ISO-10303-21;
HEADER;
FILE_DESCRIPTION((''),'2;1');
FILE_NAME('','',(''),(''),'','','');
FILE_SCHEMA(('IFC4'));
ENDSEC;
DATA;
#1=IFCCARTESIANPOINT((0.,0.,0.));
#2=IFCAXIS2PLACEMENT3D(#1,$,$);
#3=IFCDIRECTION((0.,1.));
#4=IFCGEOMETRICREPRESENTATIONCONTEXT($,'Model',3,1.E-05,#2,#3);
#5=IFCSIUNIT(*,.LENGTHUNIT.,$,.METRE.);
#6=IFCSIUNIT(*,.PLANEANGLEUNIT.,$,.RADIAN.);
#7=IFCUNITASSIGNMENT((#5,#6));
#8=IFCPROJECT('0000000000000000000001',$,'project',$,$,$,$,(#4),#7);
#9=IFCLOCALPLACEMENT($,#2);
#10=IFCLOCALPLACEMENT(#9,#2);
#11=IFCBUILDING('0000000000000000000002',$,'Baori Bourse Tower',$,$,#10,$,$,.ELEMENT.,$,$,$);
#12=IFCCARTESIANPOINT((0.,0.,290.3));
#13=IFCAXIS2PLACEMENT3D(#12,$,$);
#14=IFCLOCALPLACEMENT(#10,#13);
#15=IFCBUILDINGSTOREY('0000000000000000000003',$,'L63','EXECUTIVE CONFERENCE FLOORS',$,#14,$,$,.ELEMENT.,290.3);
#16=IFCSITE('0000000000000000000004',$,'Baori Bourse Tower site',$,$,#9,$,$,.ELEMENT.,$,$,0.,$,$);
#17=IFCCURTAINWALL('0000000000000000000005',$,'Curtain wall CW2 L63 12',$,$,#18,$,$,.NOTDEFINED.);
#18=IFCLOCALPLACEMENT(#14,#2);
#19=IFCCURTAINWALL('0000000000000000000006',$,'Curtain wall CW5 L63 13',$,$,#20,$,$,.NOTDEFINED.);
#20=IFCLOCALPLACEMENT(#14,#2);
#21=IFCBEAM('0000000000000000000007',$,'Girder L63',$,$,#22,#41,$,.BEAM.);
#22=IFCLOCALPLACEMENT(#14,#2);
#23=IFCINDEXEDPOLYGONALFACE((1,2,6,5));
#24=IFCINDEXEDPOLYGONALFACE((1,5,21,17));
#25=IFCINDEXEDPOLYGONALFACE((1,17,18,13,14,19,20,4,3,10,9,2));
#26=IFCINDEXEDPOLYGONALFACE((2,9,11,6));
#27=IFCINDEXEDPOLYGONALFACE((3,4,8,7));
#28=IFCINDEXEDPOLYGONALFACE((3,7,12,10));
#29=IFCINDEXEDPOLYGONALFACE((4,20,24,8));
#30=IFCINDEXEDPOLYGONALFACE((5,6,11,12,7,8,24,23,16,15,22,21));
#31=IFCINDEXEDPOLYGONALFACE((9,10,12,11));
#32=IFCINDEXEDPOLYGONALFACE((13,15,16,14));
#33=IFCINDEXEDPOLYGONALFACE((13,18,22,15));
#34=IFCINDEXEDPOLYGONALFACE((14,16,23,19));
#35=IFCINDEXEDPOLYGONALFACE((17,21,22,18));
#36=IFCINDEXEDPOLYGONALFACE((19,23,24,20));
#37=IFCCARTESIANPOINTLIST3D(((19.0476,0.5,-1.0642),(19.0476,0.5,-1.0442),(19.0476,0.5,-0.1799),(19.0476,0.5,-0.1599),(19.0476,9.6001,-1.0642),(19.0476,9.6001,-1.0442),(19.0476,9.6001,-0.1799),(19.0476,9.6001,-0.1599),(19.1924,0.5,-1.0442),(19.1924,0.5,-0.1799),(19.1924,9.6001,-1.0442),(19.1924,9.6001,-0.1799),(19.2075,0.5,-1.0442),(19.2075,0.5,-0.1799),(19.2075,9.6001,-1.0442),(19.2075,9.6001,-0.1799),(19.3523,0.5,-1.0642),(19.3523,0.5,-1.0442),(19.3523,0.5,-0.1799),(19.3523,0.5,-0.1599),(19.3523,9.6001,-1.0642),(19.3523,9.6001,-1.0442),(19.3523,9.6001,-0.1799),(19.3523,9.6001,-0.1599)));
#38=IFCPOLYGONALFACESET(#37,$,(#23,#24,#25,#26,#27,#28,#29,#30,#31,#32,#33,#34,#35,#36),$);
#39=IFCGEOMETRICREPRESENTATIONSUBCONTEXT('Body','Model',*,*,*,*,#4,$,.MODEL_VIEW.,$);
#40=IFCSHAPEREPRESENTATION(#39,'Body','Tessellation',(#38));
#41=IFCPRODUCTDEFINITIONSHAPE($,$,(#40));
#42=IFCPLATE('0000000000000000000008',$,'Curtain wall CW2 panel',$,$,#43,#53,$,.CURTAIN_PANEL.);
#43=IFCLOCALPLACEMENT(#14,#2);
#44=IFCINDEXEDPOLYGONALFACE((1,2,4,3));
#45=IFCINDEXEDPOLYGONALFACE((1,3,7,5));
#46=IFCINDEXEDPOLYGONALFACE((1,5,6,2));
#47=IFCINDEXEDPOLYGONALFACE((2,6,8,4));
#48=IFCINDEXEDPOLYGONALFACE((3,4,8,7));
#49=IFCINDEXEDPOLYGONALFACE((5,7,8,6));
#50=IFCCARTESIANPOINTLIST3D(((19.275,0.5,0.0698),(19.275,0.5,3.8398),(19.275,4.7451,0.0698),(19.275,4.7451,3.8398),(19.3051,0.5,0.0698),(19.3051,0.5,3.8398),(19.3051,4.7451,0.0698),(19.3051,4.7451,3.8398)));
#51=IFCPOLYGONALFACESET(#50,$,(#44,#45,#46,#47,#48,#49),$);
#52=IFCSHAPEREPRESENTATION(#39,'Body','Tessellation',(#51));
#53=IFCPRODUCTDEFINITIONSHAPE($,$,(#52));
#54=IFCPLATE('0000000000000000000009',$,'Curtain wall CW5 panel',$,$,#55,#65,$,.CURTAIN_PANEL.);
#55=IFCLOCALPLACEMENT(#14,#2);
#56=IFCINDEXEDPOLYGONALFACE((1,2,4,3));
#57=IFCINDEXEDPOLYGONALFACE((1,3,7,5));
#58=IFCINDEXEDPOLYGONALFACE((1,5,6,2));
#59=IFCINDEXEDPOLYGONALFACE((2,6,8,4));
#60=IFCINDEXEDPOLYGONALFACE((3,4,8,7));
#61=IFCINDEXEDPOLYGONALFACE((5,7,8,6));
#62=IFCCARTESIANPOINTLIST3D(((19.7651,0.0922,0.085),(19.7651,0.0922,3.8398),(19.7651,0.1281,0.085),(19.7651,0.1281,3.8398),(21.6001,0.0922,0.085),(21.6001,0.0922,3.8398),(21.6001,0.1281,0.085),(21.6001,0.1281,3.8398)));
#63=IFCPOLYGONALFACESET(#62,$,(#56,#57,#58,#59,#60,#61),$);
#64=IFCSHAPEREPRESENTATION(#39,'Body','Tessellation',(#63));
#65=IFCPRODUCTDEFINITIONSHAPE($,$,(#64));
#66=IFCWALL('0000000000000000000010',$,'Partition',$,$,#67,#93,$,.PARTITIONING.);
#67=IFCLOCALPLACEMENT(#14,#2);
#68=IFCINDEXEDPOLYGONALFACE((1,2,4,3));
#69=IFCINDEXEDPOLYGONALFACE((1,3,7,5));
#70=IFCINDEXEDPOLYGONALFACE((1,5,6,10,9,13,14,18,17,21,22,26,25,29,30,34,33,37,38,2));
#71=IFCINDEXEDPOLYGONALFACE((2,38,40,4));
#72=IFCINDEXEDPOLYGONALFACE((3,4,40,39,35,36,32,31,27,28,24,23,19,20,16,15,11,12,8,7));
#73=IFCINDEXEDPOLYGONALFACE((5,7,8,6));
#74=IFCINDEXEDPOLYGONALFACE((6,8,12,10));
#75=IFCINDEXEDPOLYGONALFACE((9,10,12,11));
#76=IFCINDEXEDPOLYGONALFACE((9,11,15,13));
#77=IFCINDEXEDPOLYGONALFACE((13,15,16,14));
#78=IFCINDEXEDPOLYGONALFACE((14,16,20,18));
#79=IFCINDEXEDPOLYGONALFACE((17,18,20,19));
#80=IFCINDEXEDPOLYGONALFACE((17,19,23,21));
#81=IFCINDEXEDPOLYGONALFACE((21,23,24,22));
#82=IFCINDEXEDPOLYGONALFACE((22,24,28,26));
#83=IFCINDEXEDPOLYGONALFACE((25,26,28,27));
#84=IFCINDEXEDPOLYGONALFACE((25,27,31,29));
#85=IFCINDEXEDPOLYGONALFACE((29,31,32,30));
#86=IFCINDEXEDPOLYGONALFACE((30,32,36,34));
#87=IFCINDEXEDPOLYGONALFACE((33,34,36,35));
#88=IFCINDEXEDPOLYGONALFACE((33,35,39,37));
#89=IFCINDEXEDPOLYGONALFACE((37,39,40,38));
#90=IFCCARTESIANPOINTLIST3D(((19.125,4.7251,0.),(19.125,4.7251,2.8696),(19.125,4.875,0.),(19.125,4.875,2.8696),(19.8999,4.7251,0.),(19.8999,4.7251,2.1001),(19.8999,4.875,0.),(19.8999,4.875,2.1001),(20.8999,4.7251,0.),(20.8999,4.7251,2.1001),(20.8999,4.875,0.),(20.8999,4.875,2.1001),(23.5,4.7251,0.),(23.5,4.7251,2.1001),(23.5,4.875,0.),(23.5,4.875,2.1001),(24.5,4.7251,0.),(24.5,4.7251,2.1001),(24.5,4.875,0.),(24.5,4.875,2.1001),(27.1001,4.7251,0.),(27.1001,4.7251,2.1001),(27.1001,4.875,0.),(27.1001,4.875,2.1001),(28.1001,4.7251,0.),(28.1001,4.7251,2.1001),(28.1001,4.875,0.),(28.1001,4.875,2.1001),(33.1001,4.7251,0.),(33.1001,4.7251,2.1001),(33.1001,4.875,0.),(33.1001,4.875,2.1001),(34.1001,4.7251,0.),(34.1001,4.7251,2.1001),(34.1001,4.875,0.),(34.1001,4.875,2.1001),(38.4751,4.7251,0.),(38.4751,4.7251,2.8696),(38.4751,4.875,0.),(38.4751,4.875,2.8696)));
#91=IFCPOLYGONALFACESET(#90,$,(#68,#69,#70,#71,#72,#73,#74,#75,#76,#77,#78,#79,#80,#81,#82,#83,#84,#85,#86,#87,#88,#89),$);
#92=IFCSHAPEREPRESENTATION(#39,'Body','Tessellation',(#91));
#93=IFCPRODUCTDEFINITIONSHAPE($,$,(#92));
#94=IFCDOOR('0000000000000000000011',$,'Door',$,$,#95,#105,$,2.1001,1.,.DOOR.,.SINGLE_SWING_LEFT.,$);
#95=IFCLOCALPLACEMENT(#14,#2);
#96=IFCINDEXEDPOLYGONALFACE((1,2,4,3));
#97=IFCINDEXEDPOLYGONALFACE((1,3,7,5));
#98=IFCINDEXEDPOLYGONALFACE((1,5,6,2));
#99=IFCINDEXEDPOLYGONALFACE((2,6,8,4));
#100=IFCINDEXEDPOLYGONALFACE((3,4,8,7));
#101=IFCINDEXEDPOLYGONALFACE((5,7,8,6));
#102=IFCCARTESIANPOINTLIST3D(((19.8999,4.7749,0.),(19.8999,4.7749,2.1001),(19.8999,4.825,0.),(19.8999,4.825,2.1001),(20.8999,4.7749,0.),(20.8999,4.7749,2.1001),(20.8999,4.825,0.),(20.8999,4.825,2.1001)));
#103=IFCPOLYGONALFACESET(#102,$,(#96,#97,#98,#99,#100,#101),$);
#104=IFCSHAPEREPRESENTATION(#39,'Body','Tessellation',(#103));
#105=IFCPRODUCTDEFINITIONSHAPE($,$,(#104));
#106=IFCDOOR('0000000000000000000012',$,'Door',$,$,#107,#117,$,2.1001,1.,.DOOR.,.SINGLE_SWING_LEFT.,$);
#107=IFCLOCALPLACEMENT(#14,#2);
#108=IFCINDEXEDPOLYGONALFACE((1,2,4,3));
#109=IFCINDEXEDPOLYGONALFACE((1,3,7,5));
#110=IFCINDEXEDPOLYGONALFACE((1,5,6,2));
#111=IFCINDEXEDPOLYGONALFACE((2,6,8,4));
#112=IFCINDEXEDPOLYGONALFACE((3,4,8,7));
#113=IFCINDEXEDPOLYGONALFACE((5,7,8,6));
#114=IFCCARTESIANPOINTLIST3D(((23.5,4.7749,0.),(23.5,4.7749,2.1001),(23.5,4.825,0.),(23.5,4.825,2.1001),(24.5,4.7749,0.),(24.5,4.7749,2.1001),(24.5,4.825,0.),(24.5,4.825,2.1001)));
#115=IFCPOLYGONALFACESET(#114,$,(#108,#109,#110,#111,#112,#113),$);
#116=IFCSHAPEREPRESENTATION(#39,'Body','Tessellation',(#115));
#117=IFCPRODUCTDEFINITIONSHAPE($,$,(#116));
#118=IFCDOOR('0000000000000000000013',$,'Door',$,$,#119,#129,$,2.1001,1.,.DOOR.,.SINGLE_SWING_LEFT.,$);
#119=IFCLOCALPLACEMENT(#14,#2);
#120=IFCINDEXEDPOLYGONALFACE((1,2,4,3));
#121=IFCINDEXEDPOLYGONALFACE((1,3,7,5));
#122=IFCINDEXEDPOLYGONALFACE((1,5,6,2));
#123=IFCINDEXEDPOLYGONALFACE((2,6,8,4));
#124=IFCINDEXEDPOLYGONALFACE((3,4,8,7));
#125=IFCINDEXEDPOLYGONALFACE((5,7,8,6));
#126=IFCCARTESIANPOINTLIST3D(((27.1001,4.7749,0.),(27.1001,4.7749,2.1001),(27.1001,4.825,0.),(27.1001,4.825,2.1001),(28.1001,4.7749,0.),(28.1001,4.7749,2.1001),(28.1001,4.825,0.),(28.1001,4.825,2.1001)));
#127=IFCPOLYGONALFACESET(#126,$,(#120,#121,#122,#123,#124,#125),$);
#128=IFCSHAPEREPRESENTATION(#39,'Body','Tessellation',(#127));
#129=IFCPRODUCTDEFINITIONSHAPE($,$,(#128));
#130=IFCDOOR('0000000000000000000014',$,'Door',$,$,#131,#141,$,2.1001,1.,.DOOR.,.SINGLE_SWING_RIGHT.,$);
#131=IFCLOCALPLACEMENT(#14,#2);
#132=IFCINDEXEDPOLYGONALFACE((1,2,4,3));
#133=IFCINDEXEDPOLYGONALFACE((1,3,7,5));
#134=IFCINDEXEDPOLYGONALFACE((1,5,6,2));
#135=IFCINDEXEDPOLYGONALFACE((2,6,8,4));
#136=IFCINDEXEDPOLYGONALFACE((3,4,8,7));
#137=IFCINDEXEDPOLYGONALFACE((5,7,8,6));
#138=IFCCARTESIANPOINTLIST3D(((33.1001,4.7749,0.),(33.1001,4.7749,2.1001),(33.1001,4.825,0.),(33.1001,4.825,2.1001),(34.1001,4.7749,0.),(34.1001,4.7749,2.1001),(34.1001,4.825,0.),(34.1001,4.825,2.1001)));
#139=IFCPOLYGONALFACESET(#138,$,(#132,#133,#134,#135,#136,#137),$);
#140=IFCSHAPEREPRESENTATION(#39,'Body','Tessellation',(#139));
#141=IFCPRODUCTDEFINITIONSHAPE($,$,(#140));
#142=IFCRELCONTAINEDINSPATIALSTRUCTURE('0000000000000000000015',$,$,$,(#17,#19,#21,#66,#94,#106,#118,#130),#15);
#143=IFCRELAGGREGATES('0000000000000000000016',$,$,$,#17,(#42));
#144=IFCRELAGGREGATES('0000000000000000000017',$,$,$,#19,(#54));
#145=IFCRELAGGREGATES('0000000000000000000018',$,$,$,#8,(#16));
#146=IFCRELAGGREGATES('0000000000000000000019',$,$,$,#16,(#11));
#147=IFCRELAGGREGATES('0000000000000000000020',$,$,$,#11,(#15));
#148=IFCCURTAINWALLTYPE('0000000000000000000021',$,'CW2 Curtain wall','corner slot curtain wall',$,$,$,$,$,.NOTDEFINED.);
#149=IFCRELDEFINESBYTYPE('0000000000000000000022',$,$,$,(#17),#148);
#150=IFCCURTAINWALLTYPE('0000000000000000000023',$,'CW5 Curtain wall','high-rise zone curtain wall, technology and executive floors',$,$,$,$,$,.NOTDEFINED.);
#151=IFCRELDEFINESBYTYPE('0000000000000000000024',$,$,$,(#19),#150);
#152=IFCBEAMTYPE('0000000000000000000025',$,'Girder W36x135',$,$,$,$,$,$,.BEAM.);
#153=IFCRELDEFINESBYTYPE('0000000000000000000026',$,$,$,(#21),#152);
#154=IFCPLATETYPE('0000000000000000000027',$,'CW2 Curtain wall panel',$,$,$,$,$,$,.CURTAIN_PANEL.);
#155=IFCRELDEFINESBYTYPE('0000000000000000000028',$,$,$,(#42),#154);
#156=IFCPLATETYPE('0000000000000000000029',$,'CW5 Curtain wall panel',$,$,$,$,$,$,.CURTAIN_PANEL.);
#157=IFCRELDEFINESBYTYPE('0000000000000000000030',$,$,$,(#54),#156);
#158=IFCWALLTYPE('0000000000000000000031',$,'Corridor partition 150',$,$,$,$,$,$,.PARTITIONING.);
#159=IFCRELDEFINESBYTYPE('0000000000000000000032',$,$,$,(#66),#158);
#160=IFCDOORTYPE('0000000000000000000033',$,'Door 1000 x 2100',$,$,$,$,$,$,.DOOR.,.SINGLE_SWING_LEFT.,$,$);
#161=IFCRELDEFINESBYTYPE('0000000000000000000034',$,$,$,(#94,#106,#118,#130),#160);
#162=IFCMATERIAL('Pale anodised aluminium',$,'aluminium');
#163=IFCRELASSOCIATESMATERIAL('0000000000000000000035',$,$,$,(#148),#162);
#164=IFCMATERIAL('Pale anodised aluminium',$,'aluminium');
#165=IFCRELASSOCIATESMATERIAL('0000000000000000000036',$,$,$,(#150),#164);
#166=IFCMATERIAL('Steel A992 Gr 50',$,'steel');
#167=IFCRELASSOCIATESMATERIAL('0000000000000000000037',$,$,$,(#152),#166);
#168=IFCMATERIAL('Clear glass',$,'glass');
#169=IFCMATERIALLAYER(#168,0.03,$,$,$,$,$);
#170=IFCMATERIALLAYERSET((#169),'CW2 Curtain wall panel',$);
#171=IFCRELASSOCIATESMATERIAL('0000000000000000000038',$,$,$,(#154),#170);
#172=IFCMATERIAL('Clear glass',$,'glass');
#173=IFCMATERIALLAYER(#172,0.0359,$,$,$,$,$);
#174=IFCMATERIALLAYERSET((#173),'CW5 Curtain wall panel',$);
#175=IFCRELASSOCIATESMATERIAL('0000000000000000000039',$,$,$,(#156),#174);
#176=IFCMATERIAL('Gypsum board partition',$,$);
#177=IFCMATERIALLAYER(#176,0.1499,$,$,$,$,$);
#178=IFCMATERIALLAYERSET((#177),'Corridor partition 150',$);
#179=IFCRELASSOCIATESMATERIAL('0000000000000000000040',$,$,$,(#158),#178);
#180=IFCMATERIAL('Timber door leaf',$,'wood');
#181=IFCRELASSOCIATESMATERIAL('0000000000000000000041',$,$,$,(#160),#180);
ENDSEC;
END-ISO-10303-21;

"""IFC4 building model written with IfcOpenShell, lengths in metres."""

from ifc_helpers import new_model, si_unit, direction, frame, frame_2d, origin, origin_2d, place, context, subcontext, project, spatial, rectangle, i_section, extrude, material, layer, layer_set, material_profile, profile_set, type_object, element, fill, aggregate, save


model = new_model("IFC4")

# Units and contexts
model_context = context("Model", 3, precision=1e-05, world=origin(), true_north=direction((0.0, 1.0)))
body_context = subcontext(model_context, "Body", "Model", "MODEL_VIEW")
ifc_project = project(units=[si_unit("LENGTHUNIT", "METRE"), si_unit("PLANEANGLEUNIT", "RADIAN")], contexts=[model_context])

# Site, building, storey
site_placement = place(None, origin())
site = spatial("IfcSite", under=ifc_project, at=site_placement, Name="Baori Bourse Tower site", CompositionType="ELEMENT", RefElevation=0.0)
building_placement = place(site_placement, origin())
building = spatial("IfcBuilding", under=site, at=building_placement, Name="Baori Bourse Tower", CompositionType="ELEMENT")
storey_placement = place(building_placement, frame((0.0, 0.0, 290.3)))
storey = spatial("IfcBuildingStorey", under=building, at=storey_placement, Name="L63", Description="EXECUTIVE CONFERENCE FLOORS", CompositionType="ELEMENT", Elevation=290.3)

# Curtain walls
ifc_material_1 = material(Name="Pale anodised aluminium", Category="aluminium")
curtain_wall_type_1 = type_object("IfcCurtainWallType", Name="CW2 Curtain wall", Description="corner slot curtain wall", PredefinedType="NOTDEFINED", material=ifc_material_1)
curtain_wall_1_placement = place(storey_placement, origin())
curtain_wall_1 = element("IfcCurtainWall", 1, at=curtain_wall_1_placement, inside=storey, type_object=curtain_wall_type_1, Name="Curtain wall CW2 L63 12", PredefinedType="NOTDEFINED")
ifc_material_2 = material(Name="Pale anodised aluminium", Category="aluminium")
curtain_wall_type_2 = type_object("IfcCurtainWallType", Name="CW5 Curtain wall", Description="high-rise zone curtain wall, technology and executive floors", PredefinedType="NOTDEFINED", material=ifc_material_2)
curtain_wall_2_placement = place(storey_placement, origin())
curtain_wall_2 = element("IfcCurtainWall", 2, at=curtain_wall_2_placement, inside=storey, type_object=curtain_wall_type_2, Name="Curtain wall CW5 L63 13", PredefinedType="NOTDEFINED")

# Beam
ifc_material_3 = material(Name="Steel A992 Gr 50", Category="steel")
ifc_material_profile_1 = material_profile(ifc_material_3, i_section(OverallWidth=0.3047, OverallDepth=0.9043, WebThickness=0.0151, FlangeThickness=0.02, at=origin_2d()), Name="W36x135")
ifc_profile_set_1 = profile_set([ifc_material_profile_1], Name="Steel A992 Gr 50")
beam_type_1 = type_object("IfcBeamType", Name="Girder W36x135", PredefinedType="BEAM", material=ifc_profile_set_1)
beam_1_placement = place(storey_placement, frame((19.2, 0.5, -0.6121), z_axis=(0.0, 1.0, 0.0), x_axis=(-1.0, 0.0, 0.0)))
element("IfcBeam", 3, at=beam_1_placement, inside=storey, type_object=beam_type_1, Name="Girder L63", PredefinedType="BEAM", context=body_context, shape_type="SweptSolid", body=[
    extrude(i_section(OverallWidth=0.3047, OverallDepth=0.9043, WebThickness=0.0151, FlangeThickness=0.02, at=origin_2d()), origin(), (0.0, 0.0, 1.0), 9.1001),
])

# Plates
ifc_material_4 = material(Name="Clear glass", Category="glass")
ifc_layer_1 = layer(ifc_material_4, 0.03)
ifc_layer_set_1 = layer_set([ifc_layer_1], Name="CW2 Curtain wall panel")
plate_type_1 = type_object("IfcPlateType", Name="CW2 Curtain wall panel", PredefinedType="CURTAIN_PANEL", material=ifc_layer_set_1)
plate_1_placement = place(storey_placement, frame((19.29, 2.6226, 0.0698), z_axis=(0.0, 0.0, 1.0), x_axis=(0.0, -1.0, 0.0)))
plate_1 = element("IfcPlate", 4, at=plate_1_placement, type_object=plate_type_1, Name="Curtain wall CW2 panel", PredefinedType="CURTAIN_PANEL", context=body_context, shape_type="SweptSolid", body=[
    extrude(rectangle(XDim=4.2451, YDim=0.03, at=origin_2d()), origin(), (0.0, 0.0, 1.0), 3.77),
])
aggregate(curtain_wall_1, [plate_1])
ifc_material_5 = material(Name="Clear glass", Category="glass")
ifc_layer_2 = layer(ifc_material_5, 0.0359)
ifc_layer_set_2 = layer_set([ifc_layer_2], Name="CW5 Curtain wall panel")
plate_type_2 = type_object("IfcPlateType", Name="CW5 Curtain wall panel", PredefinedType="CURTAIN_PANEL", material=ifc_layer_set_2)
plate_2_placement = place(storey_placement, frame((20.6826, 0.1101, 0.085), z_axis=(0.0, 0.0, 1.0), x_axis=(1.0, 0.0, 0.0)))
plate_2 = element("IfcPlate", 5, at=plate_2_placement, type_object=plate_type_2, Name="Curtain wall CW5 panel", PredefinedType="CURTAIN_PANEL", context=body_context, shape_type="SweptSolid", body=[
    extrude(rectangle(XDim=1.835, YDim=0.0359, at=origin_2d()), origin(), (0.0, 0.0, 1.0), 3.7549),
])
aggregate(curtain_wall_2, [plate_2])

# Wall, openings, doors
ifc_material_6 = material(Name="Gypsum board partition")
ifc_layer_3 = layer(ifc_material_6, 0.1499)
ifc_layer_set_3 = layer_set([ifc_layer_3], Name="Corridor partition 150")
wall_type_1 = type_object("IfcWallType", Name="Corridor partition 150", PredefinedType="PARTITIONING", material=ifc_layer_set_3)
wall_1_placement = place(storey_placement, frame((19.125, 4.8, 0.0), z_axis=(0.0, 0.0, 1.0), x_axis=(1.0, 0.0, 0.0)))
wall_1 = element("IfcWall", 6, at=wall_1_placement, inside=storey, type_object=wall_type_1, Name="Partition", PredefinedType="PARTITIONING", context=body_context, shape_type="SweptSolid", body=[
    extrude(rectangle(XDim=19.3501, YDim=0.1499, at=frame_2d((9.675, 0.0))), origin(), (0.0, 0.0, 1.0), 2.8696),
])
opening_1_placement = place(wall_1_placement, frame((0.7749, 0.0, 0.0)))
opening_1 = element("IfcOpeningElement", 7, at=opening_1_placement, cuts=wall_1, PredefinedType="OPENING", context=body_context, shape_type="SweptSolid", body=[
    extrude(rectangle(XDim=1.0, YDim=2.1001, at=frame_2d((0.5, 1.05))), frame((0.0, 0.085, 0.0), z_axis=(0.0, -1.0, 0.0), x_axis=(1.0, 0.0, 0.0)), (0.0, 0.0, 1.0), 0.1699),
])
opening_2_placement = place(wall_1_placement, frame((4.375, 0.0, 0.0)))
opening_2 = element("IfcOpeningElement", 8, at=opening_2_placement, cuts=wall_1, PredefinedType="OPENING", context=body_context, shape_type="SweptSolid", body=[
    extrude(rectangle(XDim=1.0, YDim=2.1001, at=frame_2d((0.5, 1.05))), frame((0.0, 0.085, 0.0), z_axis=(0.0, -1.0, 0.0), x_axis=(1.0, 0.0, 0.0)), (0.0, 0.0, 1.0), 0.1699),
])
opening_3_placement = place(wall_1_placement, frame((7.9751, 0.0, 0.0)))
opening_3 = element("IfcOpeningElement", 9, at=opening_3_placement, cuts=wall_1, PredefinedType="OPENING", context=body_context, shape_type="SweptSolid", body=[
    extrude(rectangle(XDim=1.0, YDim=2.1001, at=frame_2d((0.5, 1.05))), frame((0.0, 0.085, 0.0), z_axis=(0.0, -1.0, 0.0), x_axis=(1.0, 0.0, 0.0)), (0.0, 0.0, 1.0), 0.1699),
])
opening_4_placement = place(wall_1_placement, frame((13.9751, 0.0, 0.0)))
opening_4 = element("IfcOpeningElement", 10, at=opening_4_placement, cuts=wall_1, PredefinedType="OPENING", context=body_context, shape_type="SweptSolid", body=[
    extrude(rectangle(XDim=1.0, YDim=2.1001, at=frame_2d((0.5, 1.05))), frame((0.0, 0.085, 0.0), z_axis=(0.0, -1.0, 0.0), x_axis=(1.0, 0.0, 0.0)), (0.0, 0.0, 1.0), 0.1699),
])
ifc_material_7 = material(Name="Timber door leaf", Category="wood")
door_type = type_object("IfcDoorType", Name="Door 1000 x 2100", OperationType="SINGLE_SWING_LEFT", PredefinedType="DOOR", material=ifc_material_7)
door_1_placement = place(opening_1_placement, origin())
door_1 = element("IfcDoor", 11, at=door_1_placement, inside=storey, type_object=door_type, Name="Door", OperationType="SINGLE_SWING_LEFT", OverallHeight=2.1001, OverallWidth=1.0, PredefinedType="DOOR", context=body_context, shape_type="SweptSolid", body=[
    extrude(rectangle(XDim=1.0, YDim=2.1001, at=frame_2d((0.5, 1.05))), frame((0.0, 0.0249, 0.0), z_axis=(0.0, -1.0, 0.0), x_axis=(1.0, 0.0, 0.0)), (0.0, 0.0, 1.0), 0.05),
])
fill(opening_1, door_1)
door_2_placement = place(opening_2_placement, origin())
door_2 = element("IfcDoor", 12, at=door_2_placement, inside=storey, type_object=door_type, Name="Door", OperationType="SINGLE_SWING_LEFT", OverallHeight=2.1001, OverallWidth=1.0, PredefinedType="DOOR", context=body_context, shape_type="SweptSolid", body=[
    extrude(rectangle(XDim=1.0, YDim=2.1001, at=frame_2d((0.5, 1.05))), frame((0.0, 0.0249, 0.0), z_axis=(0.0, -1.0, 0.0), x_axis=(1.0, 0.0, 0.0)), (0.0, 0.0, 1.0), 0.05),
])
fill(opening_2, door_2)
door_3_placement = place(opening_3_placement, origin())
door_3 = element("IfcDoor", 13, at=door_3_placement, inside=storey, type_object=door_type, Name="Door", OperationType="SINGLE_SWING_LEFT", OverallHeight=2.1001, OverallWidth=1.0, PredefinedType="DOOR", context=body_context, shape_type="SweptSolid", body=[
    extrude(rectangle(XDim=1.0, YDim=2.1001, at=frame_2d((0.5, 1.05))), frame((0.0, 0.0249, 0.0), z_axis=(0.0, -1.0, 0.0), x_axis=(1.0, 0.0, 0.0)), (0.0, 0.0, 1.0), 0.05),
])
fill(opening_3, door_3)
door_4_placement = place(opening_4_placement, origin())
door_4 = element("IfcDoor", 14, at=door_4_placement, inside=storey, type_object=door_type, Name="Door", OperationType="SINGLE_SWING_RIGHT", OverallHeight=2.1001, OverallWidth=1.0, PredefinedType="DOOR", context=body_context, shape_type="SweptSolid", body=[
    extrude(rectangle(XDim=1.0, YDim=2.1001, at=frame_2d((0.5, 1.05))), frame((0.0, 0.0249, 0.0), z_axis=(0.0, -1.0, 0.0), x_axis=(1.0, 0.0, 0.0)), (0.0, 0.0, 1.0), 0.05),
])
fill(opening_4, door_4)

save(model, "model.ifc")
